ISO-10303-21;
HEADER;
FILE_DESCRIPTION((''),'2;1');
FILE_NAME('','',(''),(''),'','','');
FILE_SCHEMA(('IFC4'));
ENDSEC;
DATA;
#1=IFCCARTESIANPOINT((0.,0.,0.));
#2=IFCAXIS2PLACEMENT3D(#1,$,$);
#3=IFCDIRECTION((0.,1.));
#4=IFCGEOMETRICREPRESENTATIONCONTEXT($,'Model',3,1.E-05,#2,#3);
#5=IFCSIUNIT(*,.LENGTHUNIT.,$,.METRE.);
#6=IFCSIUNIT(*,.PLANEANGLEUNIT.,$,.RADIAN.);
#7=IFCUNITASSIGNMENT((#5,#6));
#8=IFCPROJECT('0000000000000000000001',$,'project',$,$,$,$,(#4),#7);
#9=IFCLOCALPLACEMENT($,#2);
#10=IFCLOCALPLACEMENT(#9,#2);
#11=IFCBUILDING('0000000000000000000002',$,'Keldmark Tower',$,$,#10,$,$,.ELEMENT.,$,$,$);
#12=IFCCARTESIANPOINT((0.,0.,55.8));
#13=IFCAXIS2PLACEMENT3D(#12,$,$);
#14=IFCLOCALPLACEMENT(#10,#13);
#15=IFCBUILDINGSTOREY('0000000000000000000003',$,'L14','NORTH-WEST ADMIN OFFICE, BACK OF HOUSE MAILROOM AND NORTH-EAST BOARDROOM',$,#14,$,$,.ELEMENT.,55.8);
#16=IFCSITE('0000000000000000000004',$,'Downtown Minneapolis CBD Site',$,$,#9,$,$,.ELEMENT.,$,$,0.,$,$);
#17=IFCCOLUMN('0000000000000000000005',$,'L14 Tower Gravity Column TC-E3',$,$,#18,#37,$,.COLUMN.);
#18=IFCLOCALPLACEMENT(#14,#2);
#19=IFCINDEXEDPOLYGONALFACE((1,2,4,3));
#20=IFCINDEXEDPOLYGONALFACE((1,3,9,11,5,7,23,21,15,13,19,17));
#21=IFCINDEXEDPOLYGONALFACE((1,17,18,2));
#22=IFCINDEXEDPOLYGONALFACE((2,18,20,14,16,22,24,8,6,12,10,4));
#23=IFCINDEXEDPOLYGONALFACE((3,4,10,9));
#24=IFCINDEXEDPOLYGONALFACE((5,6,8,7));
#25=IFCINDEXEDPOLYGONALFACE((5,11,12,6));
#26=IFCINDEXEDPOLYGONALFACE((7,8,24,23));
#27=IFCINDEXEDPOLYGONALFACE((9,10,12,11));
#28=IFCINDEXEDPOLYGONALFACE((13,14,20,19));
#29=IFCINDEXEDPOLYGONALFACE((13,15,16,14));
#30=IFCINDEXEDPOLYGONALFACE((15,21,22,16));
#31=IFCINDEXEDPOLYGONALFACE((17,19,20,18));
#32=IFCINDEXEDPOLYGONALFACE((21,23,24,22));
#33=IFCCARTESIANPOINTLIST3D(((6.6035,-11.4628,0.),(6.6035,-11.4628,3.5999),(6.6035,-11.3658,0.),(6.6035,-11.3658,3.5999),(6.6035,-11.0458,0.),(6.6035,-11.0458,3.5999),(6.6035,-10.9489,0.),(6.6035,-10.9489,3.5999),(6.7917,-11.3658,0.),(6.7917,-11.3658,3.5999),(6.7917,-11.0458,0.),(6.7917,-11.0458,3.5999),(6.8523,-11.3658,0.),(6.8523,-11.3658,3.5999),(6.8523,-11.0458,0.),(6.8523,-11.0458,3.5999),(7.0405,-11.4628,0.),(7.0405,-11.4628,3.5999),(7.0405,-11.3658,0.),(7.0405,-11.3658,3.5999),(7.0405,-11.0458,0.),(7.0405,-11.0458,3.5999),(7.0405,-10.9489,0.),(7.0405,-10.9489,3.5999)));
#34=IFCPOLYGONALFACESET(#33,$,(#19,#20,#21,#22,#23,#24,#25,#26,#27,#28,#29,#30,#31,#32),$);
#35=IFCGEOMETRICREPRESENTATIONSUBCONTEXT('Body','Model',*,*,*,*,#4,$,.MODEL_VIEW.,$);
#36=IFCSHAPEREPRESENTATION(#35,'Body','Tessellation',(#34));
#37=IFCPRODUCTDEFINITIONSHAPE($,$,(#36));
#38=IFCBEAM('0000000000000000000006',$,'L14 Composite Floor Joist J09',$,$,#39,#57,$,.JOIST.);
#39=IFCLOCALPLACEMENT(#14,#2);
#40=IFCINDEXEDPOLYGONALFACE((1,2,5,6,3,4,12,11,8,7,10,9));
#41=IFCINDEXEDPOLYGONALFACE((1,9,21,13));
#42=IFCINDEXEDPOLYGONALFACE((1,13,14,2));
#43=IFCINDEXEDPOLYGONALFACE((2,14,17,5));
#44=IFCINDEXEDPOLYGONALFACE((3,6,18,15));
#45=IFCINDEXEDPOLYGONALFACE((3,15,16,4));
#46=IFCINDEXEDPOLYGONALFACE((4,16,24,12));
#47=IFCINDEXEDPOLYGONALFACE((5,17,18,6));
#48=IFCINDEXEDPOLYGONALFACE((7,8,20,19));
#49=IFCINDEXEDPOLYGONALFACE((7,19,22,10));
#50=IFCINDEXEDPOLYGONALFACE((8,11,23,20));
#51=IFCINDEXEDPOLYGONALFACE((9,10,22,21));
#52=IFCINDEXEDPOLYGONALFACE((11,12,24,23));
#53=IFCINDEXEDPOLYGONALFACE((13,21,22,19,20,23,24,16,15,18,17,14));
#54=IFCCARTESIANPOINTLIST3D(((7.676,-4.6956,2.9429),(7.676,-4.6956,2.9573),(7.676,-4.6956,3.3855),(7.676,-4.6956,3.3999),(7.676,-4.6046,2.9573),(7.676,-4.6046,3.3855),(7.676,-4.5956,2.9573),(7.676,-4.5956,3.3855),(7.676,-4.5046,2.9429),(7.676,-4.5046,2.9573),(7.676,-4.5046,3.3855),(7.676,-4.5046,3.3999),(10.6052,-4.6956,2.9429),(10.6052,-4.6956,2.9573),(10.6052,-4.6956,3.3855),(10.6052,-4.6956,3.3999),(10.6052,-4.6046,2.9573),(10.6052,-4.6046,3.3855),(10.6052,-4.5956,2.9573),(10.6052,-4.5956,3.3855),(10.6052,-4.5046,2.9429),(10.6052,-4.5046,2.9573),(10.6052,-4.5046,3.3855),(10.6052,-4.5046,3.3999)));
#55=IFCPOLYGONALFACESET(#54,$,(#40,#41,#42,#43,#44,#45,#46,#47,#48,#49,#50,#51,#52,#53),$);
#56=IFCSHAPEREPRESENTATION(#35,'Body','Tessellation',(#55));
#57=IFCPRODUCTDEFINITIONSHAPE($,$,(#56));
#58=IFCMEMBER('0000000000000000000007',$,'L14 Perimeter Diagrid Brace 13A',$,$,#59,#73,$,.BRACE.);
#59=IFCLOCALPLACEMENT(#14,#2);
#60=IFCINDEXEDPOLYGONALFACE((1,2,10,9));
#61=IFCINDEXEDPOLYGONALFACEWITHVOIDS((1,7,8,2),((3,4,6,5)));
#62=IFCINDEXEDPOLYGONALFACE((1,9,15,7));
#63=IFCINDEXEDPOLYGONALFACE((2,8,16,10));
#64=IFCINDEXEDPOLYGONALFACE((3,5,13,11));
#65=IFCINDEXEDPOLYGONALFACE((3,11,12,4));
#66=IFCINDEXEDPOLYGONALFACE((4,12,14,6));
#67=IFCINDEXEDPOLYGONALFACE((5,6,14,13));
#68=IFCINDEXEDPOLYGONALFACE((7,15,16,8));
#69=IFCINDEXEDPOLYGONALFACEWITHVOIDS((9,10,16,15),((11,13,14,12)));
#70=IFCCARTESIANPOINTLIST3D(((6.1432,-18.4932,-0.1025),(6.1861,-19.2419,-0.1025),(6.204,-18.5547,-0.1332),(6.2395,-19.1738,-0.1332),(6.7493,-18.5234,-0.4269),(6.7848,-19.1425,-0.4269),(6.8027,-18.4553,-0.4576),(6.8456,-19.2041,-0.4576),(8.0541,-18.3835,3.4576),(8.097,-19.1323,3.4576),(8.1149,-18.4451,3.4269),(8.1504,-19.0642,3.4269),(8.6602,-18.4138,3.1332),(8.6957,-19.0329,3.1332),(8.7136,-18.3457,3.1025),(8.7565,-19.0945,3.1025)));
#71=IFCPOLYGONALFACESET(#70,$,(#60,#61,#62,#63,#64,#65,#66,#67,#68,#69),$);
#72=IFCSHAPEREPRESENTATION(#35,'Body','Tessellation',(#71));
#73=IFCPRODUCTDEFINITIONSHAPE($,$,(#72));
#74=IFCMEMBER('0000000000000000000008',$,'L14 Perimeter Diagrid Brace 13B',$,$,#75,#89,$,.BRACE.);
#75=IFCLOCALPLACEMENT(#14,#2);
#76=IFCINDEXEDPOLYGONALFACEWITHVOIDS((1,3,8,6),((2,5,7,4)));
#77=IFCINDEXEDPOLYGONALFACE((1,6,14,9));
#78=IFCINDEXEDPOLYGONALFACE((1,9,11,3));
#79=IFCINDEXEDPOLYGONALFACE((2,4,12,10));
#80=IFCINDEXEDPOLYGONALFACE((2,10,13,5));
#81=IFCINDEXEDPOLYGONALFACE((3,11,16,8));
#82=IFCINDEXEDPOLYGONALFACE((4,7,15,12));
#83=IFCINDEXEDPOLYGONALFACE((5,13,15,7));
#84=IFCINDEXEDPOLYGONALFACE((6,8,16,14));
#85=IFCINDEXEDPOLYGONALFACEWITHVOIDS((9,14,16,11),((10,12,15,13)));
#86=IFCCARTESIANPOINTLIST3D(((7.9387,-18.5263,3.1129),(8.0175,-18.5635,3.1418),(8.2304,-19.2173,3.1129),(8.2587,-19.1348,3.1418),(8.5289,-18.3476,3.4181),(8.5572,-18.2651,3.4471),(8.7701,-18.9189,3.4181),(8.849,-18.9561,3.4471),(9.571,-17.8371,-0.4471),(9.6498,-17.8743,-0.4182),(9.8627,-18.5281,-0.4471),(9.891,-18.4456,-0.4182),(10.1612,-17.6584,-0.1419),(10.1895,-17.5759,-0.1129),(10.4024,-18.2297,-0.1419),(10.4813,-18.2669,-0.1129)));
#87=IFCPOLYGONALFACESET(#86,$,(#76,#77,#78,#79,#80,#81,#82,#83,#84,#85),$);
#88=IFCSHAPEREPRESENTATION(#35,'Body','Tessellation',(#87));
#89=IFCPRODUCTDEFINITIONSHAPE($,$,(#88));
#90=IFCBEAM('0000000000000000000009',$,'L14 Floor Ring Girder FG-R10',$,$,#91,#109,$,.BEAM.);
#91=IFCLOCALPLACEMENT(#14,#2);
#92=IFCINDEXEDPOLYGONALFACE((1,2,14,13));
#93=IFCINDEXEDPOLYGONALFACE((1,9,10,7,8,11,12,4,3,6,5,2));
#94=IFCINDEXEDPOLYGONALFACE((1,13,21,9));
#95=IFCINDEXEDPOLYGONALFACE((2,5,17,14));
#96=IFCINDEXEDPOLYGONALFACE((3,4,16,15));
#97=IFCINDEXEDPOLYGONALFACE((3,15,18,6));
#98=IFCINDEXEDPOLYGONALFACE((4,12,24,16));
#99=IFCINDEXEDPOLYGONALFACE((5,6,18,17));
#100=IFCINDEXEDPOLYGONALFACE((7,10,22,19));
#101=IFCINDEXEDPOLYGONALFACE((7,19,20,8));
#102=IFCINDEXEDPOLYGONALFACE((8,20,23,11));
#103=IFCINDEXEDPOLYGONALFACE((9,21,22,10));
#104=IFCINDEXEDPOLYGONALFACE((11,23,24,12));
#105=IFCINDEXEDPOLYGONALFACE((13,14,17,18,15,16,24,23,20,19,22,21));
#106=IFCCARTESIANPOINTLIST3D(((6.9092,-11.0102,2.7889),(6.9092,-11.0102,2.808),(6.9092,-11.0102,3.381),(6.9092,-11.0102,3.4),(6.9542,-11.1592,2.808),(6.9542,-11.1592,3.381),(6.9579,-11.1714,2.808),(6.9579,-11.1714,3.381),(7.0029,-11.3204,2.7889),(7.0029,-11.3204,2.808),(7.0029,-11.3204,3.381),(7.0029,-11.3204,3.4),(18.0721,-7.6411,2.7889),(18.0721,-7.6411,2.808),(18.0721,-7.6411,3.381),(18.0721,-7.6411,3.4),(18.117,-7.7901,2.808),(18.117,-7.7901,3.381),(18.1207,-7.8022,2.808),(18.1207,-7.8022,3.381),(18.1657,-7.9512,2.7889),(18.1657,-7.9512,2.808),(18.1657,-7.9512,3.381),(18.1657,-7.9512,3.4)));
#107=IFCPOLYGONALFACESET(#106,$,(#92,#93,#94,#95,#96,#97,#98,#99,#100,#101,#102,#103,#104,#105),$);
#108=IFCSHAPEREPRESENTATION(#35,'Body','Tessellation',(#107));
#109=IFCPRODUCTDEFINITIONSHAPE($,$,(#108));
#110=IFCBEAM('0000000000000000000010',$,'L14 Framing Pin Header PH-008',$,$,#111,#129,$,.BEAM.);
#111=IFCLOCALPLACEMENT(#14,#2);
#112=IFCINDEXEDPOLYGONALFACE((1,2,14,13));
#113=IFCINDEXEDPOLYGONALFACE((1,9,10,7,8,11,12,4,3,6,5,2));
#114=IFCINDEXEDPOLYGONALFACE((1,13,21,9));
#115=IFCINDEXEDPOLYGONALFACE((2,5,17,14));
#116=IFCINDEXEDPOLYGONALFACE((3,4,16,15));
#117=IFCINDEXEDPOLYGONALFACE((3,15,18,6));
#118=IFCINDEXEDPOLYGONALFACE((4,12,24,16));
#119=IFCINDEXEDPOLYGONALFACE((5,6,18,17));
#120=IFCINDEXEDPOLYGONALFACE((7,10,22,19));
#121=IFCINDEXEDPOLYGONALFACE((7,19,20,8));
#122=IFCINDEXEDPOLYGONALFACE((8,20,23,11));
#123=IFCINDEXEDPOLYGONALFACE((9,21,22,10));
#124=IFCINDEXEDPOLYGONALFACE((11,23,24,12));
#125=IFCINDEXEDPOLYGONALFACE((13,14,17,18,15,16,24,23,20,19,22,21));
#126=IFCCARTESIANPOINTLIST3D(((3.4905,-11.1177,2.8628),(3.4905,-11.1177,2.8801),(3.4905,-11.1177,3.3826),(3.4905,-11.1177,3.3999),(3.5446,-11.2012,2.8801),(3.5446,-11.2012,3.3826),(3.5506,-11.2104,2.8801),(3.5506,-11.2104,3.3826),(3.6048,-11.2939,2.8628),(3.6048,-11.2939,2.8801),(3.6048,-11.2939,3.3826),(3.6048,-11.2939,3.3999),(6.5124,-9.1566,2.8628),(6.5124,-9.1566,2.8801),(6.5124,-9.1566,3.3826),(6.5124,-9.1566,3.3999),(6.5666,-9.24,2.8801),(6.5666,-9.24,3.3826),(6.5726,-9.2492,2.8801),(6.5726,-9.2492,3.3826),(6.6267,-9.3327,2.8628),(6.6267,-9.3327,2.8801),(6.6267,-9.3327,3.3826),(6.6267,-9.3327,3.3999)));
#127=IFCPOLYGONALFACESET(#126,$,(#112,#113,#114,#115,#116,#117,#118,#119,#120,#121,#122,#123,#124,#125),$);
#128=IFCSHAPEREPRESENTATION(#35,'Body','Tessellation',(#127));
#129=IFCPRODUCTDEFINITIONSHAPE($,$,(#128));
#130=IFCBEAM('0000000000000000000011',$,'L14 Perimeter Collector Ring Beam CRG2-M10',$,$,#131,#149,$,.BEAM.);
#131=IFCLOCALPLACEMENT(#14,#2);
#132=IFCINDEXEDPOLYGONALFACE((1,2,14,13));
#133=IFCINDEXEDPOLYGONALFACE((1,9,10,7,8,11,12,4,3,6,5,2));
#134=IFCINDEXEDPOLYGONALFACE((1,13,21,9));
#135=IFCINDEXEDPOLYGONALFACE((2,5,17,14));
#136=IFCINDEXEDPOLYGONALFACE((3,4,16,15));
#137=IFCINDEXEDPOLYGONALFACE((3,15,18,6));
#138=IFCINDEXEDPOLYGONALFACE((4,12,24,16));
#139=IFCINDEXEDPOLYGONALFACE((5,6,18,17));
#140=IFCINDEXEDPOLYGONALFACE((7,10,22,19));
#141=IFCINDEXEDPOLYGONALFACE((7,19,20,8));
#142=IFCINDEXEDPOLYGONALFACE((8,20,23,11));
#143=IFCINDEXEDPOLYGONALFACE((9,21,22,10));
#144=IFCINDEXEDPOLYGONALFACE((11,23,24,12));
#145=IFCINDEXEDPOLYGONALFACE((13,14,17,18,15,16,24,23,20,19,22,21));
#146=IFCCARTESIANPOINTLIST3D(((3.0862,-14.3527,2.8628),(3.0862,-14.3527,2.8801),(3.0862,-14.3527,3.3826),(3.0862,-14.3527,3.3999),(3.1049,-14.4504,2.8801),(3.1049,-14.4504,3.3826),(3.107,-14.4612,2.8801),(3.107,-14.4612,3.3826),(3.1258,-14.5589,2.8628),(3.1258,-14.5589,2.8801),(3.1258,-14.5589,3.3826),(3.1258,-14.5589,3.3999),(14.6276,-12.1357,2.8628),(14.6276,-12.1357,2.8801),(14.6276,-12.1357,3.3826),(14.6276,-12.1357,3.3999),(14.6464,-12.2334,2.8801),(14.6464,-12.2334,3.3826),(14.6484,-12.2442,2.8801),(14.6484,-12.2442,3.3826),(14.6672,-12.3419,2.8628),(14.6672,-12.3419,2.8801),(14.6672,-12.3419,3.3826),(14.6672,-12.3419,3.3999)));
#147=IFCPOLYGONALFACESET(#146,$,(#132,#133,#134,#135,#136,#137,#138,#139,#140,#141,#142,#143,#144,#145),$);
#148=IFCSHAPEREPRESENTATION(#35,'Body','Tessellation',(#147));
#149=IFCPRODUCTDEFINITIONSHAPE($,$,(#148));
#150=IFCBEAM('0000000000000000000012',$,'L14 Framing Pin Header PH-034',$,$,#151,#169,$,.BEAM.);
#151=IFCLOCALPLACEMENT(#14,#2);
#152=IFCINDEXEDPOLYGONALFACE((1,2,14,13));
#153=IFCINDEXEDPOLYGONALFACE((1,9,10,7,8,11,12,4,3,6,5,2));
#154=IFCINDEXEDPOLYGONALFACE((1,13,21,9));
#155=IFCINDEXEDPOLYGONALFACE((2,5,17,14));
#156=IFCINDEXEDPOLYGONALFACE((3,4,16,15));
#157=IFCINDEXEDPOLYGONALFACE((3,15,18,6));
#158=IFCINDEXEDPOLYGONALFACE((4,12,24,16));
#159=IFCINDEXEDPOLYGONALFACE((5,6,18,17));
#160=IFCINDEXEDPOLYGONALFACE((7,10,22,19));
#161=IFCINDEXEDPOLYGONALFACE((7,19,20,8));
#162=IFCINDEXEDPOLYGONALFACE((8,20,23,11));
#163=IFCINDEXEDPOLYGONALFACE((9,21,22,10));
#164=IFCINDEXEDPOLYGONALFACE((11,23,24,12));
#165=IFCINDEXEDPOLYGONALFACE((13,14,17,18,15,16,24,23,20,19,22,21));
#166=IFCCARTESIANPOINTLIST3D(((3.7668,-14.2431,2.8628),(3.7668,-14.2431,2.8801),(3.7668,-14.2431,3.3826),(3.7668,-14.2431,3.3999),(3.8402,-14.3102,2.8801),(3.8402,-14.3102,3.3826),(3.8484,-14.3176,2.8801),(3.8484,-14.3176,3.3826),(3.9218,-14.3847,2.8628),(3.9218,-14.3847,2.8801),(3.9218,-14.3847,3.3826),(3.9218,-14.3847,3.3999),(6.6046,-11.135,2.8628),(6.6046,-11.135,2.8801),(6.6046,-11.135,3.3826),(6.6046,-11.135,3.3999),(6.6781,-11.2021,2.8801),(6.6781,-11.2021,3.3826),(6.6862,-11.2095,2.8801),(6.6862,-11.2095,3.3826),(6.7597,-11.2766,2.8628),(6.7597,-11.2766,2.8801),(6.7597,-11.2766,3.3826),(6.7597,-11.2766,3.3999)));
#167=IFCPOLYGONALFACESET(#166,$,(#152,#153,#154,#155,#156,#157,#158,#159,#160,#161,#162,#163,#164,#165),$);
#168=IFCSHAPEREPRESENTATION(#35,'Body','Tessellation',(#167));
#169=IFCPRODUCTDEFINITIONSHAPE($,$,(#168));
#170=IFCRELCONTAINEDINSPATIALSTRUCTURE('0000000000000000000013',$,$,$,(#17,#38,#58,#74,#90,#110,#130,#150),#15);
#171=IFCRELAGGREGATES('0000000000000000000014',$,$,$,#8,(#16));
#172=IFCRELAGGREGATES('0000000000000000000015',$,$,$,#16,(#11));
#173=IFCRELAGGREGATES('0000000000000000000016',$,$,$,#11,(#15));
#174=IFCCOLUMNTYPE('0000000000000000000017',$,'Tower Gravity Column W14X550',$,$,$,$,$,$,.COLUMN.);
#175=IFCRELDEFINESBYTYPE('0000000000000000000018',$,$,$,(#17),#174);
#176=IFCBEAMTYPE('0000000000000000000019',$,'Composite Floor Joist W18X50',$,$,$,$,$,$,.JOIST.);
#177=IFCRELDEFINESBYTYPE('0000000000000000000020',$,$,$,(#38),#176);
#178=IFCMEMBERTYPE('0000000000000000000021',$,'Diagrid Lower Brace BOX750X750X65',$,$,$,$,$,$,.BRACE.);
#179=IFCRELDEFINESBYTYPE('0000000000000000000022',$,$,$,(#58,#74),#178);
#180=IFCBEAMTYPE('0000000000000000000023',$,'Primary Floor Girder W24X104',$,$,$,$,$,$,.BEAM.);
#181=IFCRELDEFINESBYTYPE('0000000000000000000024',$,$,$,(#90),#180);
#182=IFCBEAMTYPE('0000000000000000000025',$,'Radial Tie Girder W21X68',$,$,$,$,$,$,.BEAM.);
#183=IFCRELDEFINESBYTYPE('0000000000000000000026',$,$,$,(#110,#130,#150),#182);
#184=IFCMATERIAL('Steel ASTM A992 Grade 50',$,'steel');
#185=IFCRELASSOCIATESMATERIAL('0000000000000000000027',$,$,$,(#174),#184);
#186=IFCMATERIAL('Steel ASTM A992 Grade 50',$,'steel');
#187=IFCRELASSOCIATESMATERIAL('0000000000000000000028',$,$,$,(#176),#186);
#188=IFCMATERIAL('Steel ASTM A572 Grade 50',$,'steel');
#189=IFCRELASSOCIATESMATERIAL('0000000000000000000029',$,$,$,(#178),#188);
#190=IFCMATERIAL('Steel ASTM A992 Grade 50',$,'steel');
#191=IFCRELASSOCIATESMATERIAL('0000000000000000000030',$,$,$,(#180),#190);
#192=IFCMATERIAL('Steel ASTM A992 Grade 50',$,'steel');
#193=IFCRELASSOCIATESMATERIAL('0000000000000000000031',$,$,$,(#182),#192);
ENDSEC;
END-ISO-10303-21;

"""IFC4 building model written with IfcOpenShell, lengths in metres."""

from ifc_helpers import new_model, si_unit, direction, frame, origin, origin_2d, place, context, subcontext, project, spatial, hollow_rectangle, i_section, extrude, material, material_profile, profile_set, type_object, element, save


model = new_model("IFC4")

# Units and contexts
model_context = context("Model", 3, precision=1e-05, world=origin(), true_north=direction((0.0, 1.0)))
body_context = subcontext(model_context, "Body", "Model", "MODEL_VIEW")
ifc_project = project(units=[si_unit("LENGTHUNIT", "METRE"), si_unit("PLANEANGLEUNIT", "RADIAN")], contexts=[model_context])

# Site, building, storey
site_placement = place(None, origin())
site = spatial("IfcSite", under=ifc_project, at=site_placement, Name="Downtown Minneapolis CBD Site", CompositionType="ELEMENT", RefElevation=0.0)
building_placement = place(site_placement, origin())
building = spatial("IfcBuilding", under=site, at=building_placement, Name="Keldmark Tower", CompositionType="ELEMENT")
storey_placement = place(building_placement, frame((0.0, 0.0, 55.8)))
storey = spatial("IfcBuildingStorey", under=building, at=storey_placement, Name="L14", Description="NORTH-WEST ADMIN OFFICE, BACK OF HOUSE MAILROOM AND NORTH-EAST BOARDROOM", CompositionType="ELEMENT", Elevation=55.8)

# Column
ifc_material_1 = material(Name="Steel ASTM A992 Grade 50", Category="steel")
ifc_material_profile_1 = material_profile(ifc_material_1, i_section(OverallWidth=0.437, OverallDepth=0.5139, WebThickness=0.0605, FlangeThickness=0.0969, at=origin_2d()), Name="W14X550")
ifc_profile_set_1 = profile_set([ifc_material_profile_1], Name="Steel ASTM A992 Grade 50")
column_type = type_object("IfcColumnType", Name="Tower Gravity Column W14X550", PredefinedType="COLUMN", material=ifc_profile_set_1)
column_placement = place(storey_placement, frame((6.822, -11.2058, 0.0), z_axis=(0.0, 0.0, 1.0), x_axis=(1.0, 0.0, 0.0)))
element("IfcColumn", 1, at=column_placement, inside=storey, type_object=column_type, Name="L14 Tower Gravity Column TC-E3", PredefinedType="COLUMN", context=body_context, shape_type="SweptSolid", body=[
    extrude(i_section(OverallWidth=0.437, OverallDepth=0.5139, WebThickness=0.0605, FlangeThickness=0.0969, at=origin_2d()), origin(), (0.0, 0.0, 1.0), 3.5999),
])

# Beam
ifc_material_2 = material(Name="Steel ASTM A992 Grade 50", Category="steel")
ifc_material_profile_2 = material_profile(ifc_material_2, i_section(OverallWidth=0.1909, OverallDepth=0.457, WebThickness=0.009, FlangeThickness=0.0144, at=origin_2d()), Name="W18X50")
ifc_profile_set_2 = profile_set([ifc_material_profile_2], Name="Steel ASTM A992 Grade 50")
beam_type_1 = type_object("IfcBeamType", Name="Composite Floor Joist W18X50", PredefinedType="JOIST", material=ifc_profile_set_2)
beam_1_placement = place(storey_placement, frame((7.676, -4.6001, 3.1714), z_axis=(1.0, 0.0, 0.0), x_axis=(0.0, 1.0, 0.0)))
element("IfcBeam", 2, at=beam_1_placement, inside=storey, type_object=beam_type_1, Name="L14 Composite Floor Joist J09", PredefinedType="JOIST", context=body_context, shape_type="SweptSolid", body=[
    extrude(i_section(OverallWidth=0.1909, OverallDepth=0.457, WebThickness=0.009, FlangeThickness=0.0144, at=origin_2d()), origin(), (0.0, 0.0, 1.0), 2.9292),
])

# Members
ifc_material_3 = material(Name="Steel ASTM A572 Grade 50", Category="steel")
ifc_material_profile_3 = material_profile(ifc_material_3, hollow_rectangle(XDim=0.75, YDim=0.75, WallThickness=0.0649, at=origin_2d()), Name="BOX750X750X65")
ifc_profile_set_3 = profile_set([ifc_material_profile_3], Name="Steel ASTM A572 Grade 50")
member_type = type_object("IfcMemberType", Name="Diagrid Lower Brace BOX750X750X65", PredefinedType="BRACE", material=ifc_profile_set_3)
member_1_placement = place(storey_placement, frame((6.4944, -18.8486, -0.28), z_axis=(0.472762, 0.02712, 0.880773), x_axis=(-0.057271, 0.998359, 0.0)))
element("IfcMember", 3, at=member_1_placement, inside=storey, type_object=member_type, Name="L14 Perimeter Diagrid Brace 13A", PredefinedType="BRACE", context=body_context, shape_type="SweptSolid", body=[
    extrude(hollow_rectangle(XDim=0.75, YDim=0.75, WallThickness=0.0649, at=origin_2d()), origin(), (0.0, 0.0, 1.0), 4.042),
])
member_2_placement = place(storey_placement, frame((10.0261, -18.052, -0.28), z_axis=(-0.41048, -0.173315, 0.895247), x_axis=(0.388975, -0.921248, 0.0)))
element("IfcMember", 4, at=member_2_placement, inside=storey, type_object=member_type, Name="L14 Perimeter Diagrid Brace 13B", PredefinedType="BRACE", context=body_context, shape_type="SweptSolid", body=[
    extrude(hollow_rectangle(XDim=0.75, YDim=0.75, WallThickness=0.0649, at=origin_2d()), origin(), (0.0, 0.0, 1.0), 3.9766),
])

# Beams
ifc_material_4 = material(Name="Steel ASTM A992 Grade 50", Category="steel")
ifc_material_profile_4 = material_profile(ifc_material_4, i_section(OverallWidth=0.324, OverallDepth=0.6111, WebThickness=0.0127, FlangeThickness=0.019, at=origin_2d()), Name="W24X104")
ifc_profile_set_4 = profile_set([ifc_material_profile_4], Name="Steel ASTM A992 Grade 50")
beam_type_2 = type_object("IfcBeamType", Name="Primary Floor Girder W24X104", PredefinedType="BEAM", material=ifc_profile_set_4)
beam_2_placement = place(storey_placement, frame((6.9561, -11.1653, 3.0945), z_axis=(0.957346, 0.288944, 0.0), x_axis=(-0.288944, 0.957346, 0.0)))
element("IfcBeam", 5, at=beam_2_placement, inside=storey, type_object=beam_type_2, Name="L14 Floor Ring Girder FG-R10", PredefinedType="BEAM", context=body_context, shape_type="SweptSolid", body=[
    extrude(i_section(OverallWidth=0.324, OverallDepth=0.6111, WebThickness=0.0127, FlangeThickness=0.019, at=origin_2d()), origin(), (0.0, 0.0, 1.0), 11.6602),
])
ifc_material_5 = material(Name="Steel ASTM A992 Grade 50", Category="steel")
ifc_material_profile_5 = material_profile(ifc_material_5, i_section(OverallWidth=0.21, OverallDepth=0.5371, WebThickness=0.011, FlangeThickness=0.0173, at=origin_2d()), Name="W21X68")
ifc_profile_set_5 = profile_set([ifc_material_profile_5], Name="Steel ASTM A992 Grade 50")
beam_type_3 = type_object("IfcBeamType", Name="Radial Tie Girder W21X68", PredefinedType="BEAM", material=ifc_profile_set_5)
beam_3_placement = place(storey_placement, frame((6.5696, -9.2446, 3.1313), z_axis=(-0.838837, -0.544383, 0.0), x_axis=(0.544383, -0.838837, 0.0)))
element("IfcBeam", 6, at=beam_3_placement, inside=storey, type_object=beam_type_3, Name="L14 Framing Pin Header PH-008", PredefinedType="BEAM", context=body_context, shape_type="SweptSolid", body=[
    extrude(i_section(OverallWidth=0.21, OverallDepth=0.5371, WebThickness=0.011, FlangeThickness=0.0173, at=origin_2d()), origin(), (0.0, 0.0, 1.0), 3.6025),
])
beam_4_placement = place(storey_placement, frame((3.106, -14.4558, 3.1313), z_axis=(0.982046, 0.188644, 0.0), x_axis=(-0.188644, 0.982046, 0.0)))
element("IfcBeam", 7, at=beam_4_placement, inside=storey, type_object=beam_type_3, Name="L14 Perimeter Collector Ring Beam CRG2-M10", PredefinedType="BEAM", context=body_context, shape_type="SweptSolid", body=[
    extrude(i_section(OverallWidth=0.21, OverallDepth=0.5371, WebThickness=0.011, FlangeThickness=0.0173, at=origin_2d()), origin(), (0.0, 0.0, 1.0), 11.7524),
])
beam_5_placement = place(storey_placement, frame((6.6821, -11.2058, 3.1313), z_axis=(-0.674271, -0.738484, 0.0), x_axis=(0.738484, -0.674271, 0.0)))
element("IfcBeam", 8, at=beam_5_placement, inside=storey, type_object=beam_type_3, Name="L14 Framing Pin Header PH-034", PredefinedType="BEAM", context=body_context, shape_type="SweptSolid", body=[
    extrude(i_section(OverallWidth=0.21, OverallDepth=0.5371, WebThickness=0.011, FlangeThickness=0.0173, at=origin_2d()), origin(), (0.0, 0.0, 1.0), 4.2087),
])

save(model, "model.ifc")
